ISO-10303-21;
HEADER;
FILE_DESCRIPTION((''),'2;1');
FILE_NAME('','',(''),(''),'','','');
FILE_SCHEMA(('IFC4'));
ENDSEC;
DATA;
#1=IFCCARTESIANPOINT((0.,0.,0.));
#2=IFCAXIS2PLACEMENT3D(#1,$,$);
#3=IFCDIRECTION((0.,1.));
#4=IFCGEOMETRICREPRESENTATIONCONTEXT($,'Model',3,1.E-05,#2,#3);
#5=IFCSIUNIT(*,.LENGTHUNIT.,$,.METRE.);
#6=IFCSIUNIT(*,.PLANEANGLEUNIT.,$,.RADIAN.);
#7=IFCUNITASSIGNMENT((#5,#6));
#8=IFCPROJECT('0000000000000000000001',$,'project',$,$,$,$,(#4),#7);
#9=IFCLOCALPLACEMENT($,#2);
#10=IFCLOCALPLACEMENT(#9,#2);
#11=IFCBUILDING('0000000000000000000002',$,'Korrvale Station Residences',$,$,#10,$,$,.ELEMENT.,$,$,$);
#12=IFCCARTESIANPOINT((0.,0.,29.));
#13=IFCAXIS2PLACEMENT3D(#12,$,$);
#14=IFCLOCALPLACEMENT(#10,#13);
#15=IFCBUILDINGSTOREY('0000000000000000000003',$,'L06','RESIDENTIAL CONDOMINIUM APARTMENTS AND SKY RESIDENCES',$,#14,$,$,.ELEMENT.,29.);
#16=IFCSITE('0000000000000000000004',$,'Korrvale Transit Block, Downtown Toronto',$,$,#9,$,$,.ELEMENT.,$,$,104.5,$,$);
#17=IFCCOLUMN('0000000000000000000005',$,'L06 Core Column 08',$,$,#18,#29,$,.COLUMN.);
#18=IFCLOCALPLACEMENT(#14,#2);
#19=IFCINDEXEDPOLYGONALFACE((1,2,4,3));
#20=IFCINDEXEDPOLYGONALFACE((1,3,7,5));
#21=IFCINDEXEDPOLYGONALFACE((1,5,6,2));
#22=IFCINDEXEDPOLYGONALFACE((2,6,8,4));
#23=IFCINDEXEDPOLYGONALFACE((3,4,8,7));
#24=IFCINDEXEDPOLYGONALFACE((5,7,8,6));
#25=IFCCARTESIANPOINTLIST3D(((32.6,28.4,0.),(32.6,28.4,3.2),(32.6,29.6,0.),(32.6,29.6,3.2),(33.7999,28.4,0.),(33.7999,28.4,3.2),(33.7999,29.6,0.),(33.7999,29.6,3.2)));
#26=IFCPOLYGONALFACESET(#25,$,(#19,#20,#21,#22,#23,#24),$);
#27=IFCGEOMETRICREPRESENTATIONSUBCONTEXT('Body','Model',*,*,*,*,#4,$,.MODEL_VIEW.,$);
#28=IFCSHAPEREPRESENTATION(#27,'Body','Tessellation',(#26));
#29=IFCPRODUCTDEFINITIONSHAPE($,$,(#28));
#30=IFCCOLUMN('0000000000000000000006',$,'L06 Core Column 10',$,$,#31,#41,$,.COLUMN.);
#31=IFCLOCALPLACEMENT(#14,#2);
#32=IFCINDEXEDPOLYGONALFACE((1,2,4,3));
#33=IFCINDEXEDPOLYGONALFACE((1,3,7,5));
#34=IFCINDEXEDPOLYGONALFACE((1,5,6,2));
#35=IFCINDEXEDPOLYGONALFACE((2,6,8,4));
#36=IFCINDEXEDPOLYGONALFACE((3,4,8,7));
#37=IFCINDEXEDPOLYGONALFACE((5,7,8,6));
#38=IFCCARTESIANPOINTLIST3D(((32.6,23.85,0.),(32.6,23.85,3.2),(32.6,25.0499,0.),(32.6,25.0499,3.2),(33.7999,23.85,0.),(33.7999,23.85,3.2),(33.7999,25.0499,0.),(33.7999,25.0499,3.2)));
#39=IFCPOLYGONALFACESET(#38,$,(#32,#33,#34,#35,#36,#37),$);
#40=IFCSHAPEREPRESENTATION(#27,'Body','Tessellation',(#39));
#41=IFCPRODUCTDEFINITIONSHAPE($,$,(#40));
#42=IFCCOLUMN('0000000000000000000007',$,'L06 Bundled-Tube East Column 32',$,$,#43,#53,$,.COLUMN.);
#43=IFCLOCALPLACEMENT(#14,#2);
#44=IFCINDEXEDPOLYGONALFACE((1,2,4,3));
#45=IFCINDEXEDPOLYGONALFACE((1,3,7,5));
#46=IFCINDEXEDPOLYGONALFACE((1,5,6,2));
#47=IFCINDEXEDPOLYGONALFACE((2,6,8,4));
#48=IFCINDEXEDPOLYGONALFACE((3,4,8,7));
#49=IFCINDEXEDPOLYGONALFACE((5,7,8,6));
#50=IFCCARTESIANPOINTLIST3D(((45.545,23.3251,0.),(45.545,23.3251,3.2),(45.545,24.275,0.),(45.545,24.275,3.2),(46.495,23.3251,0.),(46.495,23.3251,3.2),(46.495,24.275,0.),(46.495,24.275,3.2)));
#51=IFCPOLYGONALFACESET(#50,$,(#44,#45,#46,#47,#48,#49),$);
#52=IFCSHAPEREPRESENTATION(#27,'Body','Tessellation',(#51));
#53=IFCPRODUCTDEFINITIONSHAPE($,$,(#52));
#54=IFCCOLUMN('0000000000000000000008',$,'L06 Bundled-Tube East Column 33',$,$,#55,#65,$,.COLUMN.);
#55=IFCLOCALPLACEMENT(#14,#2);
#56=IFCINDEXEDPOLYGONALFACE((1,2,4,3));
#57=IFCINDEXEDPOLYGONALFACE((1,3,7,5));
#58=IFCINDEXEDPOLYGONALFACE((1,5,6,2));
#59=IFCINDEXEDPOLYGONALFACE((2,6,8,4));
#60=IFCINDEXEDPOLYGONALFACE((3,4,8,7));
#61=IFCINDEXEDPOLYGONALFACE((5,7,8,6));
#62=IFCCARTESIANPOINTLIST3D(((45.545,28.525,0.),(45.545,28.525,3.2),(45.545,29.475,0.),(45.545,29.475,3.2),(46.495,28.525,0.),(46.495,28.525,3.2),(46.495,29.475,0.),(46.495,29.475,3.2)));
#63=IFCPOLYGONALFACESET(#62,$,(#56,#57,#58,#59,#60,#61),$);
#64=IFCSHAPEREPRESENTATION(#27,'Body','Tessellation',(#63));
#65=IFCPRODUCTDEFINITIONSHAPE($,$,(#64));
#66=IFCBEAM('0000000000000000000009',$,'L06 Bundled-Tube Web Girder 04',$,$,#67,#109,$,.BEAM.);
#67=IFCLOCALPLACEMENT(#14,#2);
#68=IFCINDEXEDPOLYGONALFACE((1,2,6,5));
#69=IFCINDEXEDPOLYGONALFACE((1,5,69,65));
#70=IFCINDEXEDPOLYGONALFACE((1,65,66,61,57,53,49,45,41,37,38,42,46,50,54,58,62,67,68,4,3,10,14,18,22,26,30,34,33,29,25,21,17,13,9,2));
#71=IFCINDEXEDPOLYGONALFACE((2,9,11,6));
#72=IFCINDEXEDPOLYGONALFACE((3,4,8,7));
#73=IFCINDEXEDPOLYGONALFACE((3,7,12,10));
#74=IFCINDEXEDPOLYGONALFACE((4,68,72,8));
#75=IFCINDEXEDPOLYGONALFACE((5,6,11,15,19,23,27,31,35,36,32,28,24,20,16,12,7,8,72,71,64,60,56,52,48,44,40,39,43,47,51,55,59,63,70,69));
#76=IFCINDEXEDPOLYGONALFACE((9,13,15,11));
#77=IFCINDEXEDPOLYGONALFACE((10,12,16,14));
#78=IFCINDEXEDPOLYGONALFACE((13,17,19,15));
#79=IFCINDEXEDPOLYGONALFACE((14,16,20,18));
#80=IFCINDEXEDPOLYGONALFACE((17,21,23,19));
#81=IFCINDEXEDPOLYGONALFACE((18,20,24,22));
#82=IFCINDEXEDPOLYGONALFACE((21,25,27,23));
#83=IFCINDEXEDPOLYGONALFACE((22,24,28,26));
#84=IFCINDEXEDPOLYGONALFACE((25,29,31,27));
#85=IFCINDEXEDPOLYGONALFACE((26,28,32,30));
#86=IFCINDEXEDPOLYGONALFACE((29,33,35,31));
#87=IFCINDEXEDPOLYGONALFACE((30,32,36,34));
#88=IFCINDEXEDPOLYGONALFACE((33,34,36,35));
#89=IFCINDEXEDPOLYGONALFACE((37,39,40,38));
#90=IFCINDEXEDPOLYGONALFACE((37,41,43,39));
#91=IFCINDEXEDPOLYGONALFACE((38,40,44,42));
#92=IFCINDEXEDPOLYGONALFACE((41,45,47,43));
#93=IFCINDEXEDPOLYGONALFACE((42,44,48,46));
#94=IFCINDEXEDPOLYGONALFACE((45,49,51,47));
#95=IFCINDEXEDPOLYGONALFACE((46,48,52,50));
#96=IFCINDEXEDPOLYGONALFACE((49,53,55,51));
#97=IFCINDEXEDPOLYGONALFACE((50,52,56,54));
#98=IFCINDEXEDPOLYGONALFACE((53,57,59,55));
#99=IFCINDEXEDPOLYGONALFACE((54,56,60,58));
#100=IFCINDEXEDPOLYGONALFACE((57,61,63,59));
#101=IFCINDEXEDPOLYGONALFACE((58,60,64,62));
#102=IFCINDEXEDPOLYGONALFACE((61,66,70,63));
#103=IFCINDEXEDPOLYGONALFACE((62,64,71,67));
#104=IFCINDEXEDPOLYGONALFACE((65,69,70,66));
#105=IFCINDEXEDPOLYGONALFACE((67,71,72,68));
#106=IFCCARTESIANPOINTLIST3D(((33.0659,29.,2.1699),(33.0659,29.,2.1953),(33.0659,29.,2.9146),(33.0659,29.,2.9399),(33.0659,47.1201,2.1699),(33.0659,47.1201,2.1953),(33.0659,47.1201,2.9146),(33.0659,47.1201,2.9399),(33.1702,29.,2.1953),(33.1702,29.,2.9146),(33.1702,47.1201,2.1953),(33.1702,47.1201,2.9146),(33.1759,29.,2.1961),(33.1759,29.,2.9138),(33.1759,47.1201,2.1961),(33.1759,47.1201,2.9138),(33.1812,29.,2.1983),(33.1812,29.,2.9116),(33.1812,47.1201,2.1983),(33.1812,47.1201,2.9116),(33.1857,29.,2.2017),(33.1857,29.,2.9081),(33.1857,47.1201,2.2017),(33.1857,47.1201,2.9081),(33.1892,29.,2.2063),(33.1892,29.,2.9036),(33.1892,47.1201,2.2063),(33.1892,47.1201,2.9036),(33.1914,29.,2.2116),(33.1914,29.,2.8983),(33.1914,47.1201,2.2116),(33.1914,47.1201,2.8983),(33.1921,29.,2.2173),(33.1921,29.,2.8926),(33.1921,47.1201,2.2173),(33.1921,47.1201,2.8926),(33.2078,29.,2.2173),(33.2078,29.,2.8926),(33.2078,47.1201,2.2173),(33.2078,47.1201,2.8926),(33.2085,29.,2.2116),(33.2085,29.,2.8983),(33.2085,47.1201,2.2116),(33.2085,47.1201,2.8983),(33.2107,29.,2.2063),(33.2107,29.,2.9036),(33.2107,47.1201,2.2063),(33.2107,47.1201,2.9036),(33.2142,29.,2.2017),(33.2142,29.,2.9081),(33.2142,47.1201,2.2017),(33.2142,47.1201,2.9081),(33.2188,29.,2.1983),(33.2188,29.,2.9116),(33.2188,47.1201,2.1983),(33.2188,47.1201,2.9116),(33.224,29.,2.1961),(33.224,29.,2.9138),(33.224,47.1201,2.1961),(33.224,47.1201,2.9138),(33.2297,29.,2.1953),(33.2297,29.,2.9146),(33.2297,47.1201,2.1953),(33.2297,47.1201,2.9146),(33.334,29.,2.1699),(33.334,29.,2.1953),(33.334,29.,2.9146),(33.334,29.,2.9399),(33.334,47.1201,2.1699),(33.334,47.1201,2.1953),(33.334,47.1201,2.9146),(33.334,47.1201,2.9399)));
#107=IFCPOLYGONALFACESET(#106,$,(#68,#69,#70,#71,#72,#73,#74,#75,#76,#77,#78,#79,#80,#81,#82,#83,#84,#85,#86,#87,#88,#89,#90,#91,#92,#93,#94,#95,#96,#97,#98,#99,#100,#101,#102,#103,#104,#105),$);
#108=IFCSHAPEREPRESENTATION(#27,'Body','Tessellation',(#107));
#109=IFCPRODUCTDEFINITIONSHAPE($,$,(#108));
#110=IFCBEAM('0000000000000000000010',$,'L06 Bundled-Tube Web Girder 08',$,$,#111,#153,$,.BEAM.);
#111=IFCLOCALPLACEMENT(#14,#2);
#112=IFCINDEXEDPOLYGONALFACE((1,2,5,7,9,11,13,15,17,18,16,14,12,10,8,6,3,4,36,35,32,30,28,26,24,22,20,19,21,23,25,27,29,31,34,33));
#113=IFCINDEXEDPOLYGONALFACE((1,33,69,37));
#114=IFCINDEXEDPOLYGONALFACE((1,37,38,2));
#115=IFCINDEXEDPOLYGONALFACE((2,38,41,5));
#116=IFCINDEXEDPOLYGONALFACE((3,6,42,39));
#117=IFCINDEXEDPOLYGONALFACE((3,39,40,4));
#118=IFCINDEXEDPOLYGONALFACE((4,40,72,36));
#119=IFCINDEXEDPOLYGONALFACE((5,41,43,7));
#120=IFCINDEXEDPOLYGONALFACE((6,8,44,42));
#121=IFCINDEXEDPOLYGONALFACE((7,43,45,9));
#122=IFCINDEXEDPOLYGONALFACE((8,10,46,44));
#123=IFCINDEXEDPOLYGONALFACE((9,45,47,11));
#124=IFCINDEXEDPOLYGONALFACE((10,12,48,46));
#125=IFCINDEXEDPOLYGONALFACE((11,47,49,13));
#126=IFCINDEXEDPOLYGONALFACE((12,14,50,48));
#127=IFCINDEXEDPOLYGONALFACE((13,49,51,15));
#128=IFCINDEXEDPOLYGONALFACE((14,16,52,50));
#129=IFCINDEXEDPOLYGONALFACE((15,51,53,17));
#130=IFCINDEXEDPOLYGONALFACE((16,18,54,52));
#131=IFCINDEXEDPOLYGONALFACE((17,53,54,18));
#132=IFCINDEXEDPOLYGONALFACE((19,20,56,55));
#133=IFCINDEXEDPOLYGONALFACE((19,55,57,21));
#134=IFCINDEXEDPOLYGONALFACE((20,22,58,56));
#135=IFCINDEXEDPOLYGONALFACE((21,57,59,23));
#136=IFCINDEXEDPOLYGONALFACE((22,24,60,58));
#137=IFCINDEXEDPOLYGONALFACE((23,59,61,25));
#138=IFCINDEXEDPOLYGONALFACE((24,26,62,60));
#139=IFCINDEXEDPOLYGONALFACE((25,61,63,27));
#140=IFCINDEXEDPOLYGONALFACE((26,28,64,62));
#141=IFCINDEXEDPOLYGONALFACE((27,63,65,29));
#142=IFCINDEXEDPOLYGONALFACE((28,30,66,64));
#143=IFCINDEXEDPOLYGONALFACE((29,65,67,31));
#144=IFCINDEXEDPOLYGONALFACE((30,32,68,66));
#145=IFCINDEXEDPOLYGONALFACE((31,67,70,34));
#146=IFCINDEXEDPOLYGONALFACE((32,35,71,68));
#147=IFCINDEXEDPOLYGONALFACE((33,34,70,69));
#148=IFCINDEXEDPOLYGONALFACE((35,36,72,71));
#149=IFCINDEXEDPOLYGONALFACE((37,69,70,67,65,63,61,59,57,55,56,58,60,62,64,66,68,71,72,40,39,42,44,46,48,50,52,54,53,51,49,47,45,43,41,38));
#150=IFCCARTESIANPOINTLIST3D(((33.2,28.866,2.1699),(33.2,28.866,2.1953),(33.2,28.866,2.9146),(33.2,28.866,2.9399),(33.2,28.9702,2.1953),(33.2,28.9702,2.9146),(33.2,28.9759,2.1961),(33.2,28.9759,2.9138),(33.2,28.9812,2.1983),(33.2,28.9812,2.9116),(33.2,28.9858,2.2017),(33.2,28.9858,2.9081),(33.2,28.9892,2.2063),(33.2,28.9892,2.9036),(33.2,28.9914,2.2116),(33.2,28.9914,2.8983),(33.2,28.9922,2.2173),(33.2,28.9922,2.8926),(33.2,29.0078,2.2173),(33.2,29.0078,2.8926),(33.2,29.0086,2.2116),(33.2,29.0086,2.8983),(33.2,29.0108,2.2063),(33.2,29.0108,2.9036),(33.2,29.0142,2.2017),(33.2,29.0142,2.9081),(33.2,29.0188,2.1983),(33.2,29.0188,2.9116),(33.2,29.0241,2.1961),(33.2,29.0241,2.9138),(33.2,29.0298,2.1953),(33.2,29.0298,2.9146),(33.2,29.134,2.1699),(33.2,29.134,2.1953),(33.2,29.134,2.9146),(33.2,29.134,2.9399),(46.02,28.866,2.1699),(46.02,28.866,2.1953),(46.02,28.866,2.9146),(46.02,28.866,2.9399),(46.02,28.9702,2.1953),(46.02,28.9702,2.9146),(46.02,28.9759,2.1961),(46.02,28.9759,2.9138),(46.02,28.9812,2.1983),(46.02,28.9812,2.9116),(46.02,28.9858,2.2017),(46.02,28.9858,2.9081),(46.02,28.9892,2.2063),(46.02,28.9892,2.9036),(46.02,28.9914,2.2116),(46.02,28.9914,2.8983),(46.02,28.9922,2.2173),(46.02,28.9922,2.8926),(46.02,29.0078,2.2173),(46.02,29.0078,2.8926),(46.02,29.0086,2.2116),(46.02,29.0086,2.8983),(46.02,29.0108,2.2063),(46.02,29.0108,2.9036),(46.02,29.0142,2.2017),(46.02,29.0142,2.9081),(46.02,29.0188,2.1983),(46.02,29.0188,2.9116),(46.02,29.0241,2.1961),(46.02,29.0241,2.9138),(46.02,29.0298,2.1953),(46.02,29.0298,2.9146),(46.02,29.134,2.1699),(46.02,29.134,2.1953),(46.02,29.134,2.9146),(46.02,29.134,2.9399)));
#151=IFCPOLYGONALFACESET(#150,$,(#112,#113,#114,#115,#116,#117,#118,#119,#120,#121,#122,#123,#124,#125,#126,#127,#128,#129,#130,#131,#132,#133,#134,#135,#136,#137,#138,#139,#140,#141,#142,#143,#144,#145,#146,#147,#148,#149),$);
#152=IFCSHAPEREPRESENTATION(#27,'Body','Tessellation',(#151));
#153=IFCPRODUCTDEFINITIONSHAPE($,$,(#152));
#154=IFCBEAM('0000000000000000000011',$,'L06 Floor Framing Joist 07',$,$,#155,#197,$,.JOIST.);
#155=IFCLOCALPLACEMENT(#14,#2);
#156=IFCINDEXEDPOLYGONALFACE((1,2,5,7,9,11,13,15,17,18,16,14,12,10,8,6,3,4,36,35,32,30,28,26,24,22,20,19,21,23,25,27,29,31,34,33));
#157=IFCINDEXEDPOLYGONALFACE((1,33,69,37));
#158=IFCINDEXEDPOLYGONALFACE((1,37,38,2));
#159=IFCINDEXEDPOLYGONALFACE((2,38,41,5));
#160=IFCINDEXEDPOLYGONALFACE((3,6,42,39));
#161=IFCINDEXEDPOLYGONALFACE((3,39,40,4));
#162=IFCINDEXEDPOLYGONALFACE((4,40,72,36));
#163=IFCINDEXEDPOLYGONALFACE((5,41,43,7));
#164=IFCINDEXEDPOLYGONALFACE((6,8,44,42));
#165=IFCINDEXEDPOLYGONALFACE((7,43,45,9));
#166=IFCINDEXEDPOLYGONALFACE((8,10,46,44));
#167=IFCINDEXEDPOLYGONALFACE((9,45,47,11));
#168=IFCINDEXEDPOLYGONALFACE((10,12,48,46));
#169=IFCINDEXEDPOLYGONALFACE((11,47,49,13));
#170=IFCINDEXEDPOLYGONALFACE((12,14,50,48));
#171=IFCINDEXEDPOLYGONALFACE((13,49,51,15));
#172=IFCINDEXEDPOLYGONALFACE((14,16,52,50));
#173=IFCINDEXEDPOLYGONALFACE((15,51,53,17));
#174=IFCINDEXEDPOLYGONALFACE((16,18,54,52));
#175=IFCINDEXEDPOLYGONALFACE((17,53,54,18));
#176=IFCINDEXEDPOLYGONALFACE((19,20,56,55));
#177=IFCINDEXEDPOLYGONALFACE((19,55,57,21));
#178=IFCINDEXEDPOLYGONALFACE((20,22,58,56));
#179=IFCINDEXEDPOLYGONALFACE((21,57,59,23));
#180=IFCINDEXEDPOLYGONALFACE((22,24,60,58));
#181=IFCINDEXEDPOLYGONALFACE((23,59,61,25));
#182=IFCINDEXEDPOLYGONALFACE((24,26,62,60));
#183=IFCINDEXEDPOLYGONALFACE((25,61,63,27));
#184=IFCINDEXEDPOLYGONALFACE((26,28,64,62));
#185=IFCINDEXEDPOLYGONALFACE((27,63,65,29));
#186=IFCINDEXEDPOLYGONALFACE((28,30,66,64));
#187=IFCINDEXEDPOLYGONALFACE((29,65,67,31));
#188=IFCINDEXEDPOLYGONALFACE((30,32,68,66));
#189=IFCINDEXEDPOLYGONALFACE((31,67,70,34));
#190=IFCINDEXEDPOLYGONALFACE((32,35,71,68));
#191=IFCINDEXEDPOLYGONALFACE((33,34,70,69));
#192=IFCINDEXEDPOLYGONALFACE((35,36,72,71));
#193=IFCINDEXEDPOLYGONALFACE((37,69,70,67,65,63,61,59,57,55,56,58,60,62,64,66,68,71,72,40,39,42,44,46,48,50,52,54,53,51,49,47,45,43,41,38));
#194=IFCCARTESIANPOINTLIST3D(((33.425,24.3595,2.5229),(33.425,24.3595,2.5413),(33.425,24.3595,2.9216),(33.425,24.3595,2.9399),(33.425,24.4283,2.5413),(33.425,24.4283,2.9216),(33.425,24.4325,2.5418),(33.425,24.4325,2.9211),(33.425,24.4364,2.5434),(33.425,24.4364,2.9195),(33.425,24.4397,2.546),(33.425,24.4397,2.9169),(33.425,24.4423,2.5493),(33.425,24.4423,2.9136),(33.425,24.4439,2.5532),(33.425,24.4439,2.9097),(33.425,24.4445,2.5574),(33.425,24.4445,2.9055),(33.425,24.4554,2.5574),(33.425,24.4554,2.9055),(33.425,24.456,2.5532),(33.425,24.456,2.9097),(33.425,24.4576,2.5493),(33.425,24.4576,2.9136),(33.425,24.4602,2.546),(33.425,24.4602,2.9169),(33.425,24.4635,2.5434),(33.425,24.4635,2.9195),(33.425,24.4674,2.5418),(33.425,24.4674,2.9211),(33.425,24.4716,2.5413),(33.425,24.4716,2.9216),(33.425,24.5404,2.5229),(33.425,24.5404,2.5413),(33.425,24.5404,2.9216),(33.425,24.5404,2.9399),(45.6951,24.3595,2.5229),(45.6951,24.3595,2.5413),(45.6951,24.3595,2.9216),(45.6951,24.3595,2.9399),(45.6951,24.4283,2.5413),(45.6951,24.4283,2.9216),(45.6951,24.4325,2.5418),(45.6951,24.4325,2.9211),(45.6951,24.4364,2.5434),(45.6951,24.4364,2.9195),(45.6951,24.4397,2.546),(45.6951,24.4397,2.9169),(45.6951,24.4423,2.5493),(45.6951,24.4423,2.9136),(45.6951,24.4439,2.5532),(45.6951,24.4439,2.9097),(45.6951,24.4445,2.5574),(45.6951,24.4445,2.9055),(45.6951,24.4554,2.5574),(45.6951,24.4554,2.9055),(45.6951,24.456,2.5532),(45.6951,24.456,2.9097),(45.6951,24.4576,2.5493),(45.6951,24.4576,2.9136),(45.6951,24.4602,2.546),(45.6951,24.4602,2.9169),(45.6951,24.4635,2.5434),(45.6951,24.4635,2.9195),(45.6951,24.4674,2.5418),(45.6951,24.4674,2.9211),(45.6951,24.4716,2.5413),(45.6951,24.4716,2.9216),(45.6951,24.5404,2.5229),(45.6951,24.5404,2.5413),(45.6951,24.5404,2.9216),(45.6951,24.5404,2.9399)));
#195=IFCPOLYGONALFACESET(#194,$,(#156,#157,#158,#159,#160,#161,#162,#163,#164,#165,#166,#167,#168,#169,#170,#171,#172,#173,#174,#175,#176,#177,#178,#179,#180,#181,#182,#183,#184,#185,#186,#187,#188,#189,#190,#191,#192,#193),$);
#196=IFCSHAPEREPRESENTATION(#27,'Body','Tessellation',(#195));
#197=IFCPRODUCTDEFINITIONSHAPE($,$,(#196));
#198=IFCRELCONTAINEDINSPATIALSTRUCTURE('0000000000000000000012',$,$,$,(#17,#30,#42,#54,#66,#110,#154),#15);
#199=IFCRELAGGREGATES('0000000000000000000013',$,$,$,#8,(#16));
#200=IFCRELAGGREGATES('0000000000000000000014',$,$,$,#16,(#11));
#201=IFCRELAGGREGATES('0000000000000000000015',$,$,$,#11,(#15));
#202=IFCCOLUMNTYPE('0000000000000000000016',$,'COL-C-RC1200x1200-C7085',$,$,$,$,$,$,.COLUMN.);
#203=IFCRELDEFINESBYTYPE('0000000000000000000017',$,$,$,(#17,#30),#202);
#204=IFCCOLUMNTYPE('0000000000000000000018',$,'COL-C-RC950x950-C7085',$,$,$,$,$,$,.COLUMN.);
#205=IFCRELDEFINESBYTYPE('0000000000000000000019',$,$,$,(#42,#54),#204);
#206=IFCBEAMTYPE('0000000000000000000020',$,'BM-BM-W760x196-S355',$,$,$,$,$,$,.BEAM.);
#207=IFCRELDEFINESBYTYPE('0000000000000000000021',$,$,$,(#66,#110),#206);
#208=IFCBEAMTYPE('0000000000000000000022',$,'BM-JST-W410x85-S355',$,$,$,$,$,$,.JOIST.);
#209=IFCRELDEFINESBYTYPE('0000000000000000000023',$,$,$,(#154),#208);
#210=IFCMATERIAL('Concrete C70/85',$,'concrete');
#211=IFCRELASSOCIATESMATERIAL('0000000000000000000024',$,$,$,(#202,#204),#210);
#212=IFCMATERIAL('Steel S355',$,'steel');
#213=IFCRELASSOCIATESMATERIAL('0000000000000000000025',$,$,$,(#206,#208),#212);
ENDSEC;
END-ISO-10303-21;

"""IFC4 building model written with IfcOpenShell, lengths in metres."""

from ifc_helpers import new_model, si_unit, direction, frame, origin, origin_2d, place, context, subcontext, project, spatial, rectangle, i_section, extrude, material, material_profile, profile_set, type_object, element, save


model = new_model("IFC4")

# Units and contexts
model_context = context("Model", 3, precision=1e-05, world=origin(), true_north=direction((0.0, 1.0)))
body_context = subcontext(model_context, "Body", "Model", "MODEL_VIEW")
ifc_project = project(units=[si_unit("LENGTHUNIT", "METRE"), si_unit("PLANEANGLEUNIT", "RADIAN")], contexts=[model_context])

# Site, building, storey
site_placement = place(None, origin())
site = spatial("IfcSite", under=ifc_project, at=site_placement, Name="Korrvale Transit Block, Downtown Toronto", CompositionType="ELEMENT", RefElevation=104.5)
building_placement = place(site_placement, origin())
building = spatial("IfcBuilding", under=site, at=building_placement, Name="Korrvale Station Residences", CompositionType="ELEMENT")
storey_placement = place(building_placement, frame((0.0, 0.0, 29.0)))
storey = spatial("IfcBuildingStorey", under=building, at=storey_placement, Name="L06", Description="RESIDENTIAL CONDOMINIUM APARTMENTS AND SKY RESIDENCES", CompositionType="ELEMENT", Elevation=29.0)

# Columns
ifc_material_1 = material(Name="Concrete C70/85", Category="concrete")
ifc_material_profile_1 = material_profile(ifc_material_1, rectangle(XDim=1.2, YDim=1.2, at=origin_2d()), Name="RC1200x1200")
ifc_profile_set_1 = profile_set([ifc_material_profile_1], Name="Concrete C70/85")
column_type_1 = type_object("IfcColumnType", Name="COL-C-RC1200x1200-C7085", PredefinedType="COLUMN", material=ifc_profile_set_1)
for number, where, z_axis, x_axis, name in (
    (1, (33.2, 29.0, 0.0), (0.0, 0.0, 1.0), (1.0, 0.0, 0.0), "L06 Core Column 08"),
    (2, (33.2, 24.45, 0.0), (0.0, 0.0, 1.0), (1.0, 0.0, 0.0), "L06 Core Column 10"),
):
    element("IfcColumn", number, at=place(storey_placement, frame(where, z_axis=z_axis, x_axis=x_axis)), inside=storey, type_object=column_type_1, Name=name, PredefinedType="COLUMN", context=body_context, shape_type="SweptSolid", body=[
        extrude(rectangle(XDim=1.2, YDim=1.2, at=origin_2d()), origin(), (0.0, 0.0, 1.0), 3.2),
    ])
ifc_material_profile_2 = material_profile(ifc_material_1, rectangle(XDim=0.95, YDim=0.95, at=origin_2d()), Name="RC950x950")
ifc_profile_set_2 = profile_set([ifc_material_profile_2], Name="Concrete C70/85")
column_type_2 = type_object("IfcColumnType", Name="COL-C-RC950x950-C7085", PredefinedType="COLUMN", material=ifc_profile_set_2)
for number, where, z_axis, x_axis, name in (
    (3, (46.02, 23.8, 0.0), (0.0, 0.0, 1.0), (1.0, 0.0, 0.0), "L06 Bundled-Tube East Column 32"),
    (4, (46.02, 29.0, 0.0), (0.0, 0.0, 1.0), (1.0, 0.0, 0.0), "L06 Bundled-Tube East Column 33"),
):
    element("IfcColumn", number, at=place(storey_placement, frame(where, z_axis=z_axis, x_axis=x_axis)), inside=storey, type_object=column_type_2, Name=name, PredefinedType="COLUMN", context=body_context, shape_type="SweptSolid", body=[
        extrude(rectangle(XDim=0.95, YDim=0.95, at=origin_2d()), origin(), (0.0, 0.0, 1.0), 3.2),
    ])

# Beams
ifc_material_2 = material(Name="Steel S355", Category="steel")
ifc_material_profile_3 = material_profile(ifc_material_2, i_section(OverallWidth=0.2681, OverallDepth=0.77, WebThickness=0.0156, FlangeThickness=0.0254, FilletRadius=0.022, at=origin_2d()), Name="W760x196")
ifc_profile_set_3 = profile_set([ifc_material_profile_3], Name="Steel S355")
beam_type_1 = type_object("IfcBeamType", Name="BM-BM-W760x196-S355", PredefinedType="BEAM", material=ifc_profile_set_3)
beam_1_placement = place(storey_placement, frame((33.2, 29.0, 2.5549), z_axis=(0.0, 1.0, 0.0), x_axis=(-1.0, 0.0, 0.0)))
element("IfcBeam", 5, at=beam_1_placement, inside=storey, type_object=beam_type_1, Name="L06 Bundled-Tube Web Girder 04", PredefinedType="BEAM", context=body_context, shape_type="SweptSolid", body=[
    extrude(i_section(OverallWidth=0.2681, OverallDepth=0.77, WebThickness=0.0156, FlangeThickness=0.0254, FilletRadius=0.022, at=origin_2d()), origin(), (0.0, 0.0, 1.0), 18.1201),
])
beam_2_placement = place(storey_placement, frame((33.2, 29.0, 2.5549), z_axis=(1.0, 0.0, 0.0), x_axis=(0.0, 1.0, 0.0)))
element("IfcBeam", 6, at=beam_2_placement, inside=storey, type_object=beam_type_1, Name="L06 Bundled-Tube Web Girder 08", PredefinedType="BEAM", context=body_context, shape_type="SweptSolid", body=[
    extrude(i_section(OverallWidth=0.2681, OverallDepth=0.77, WebThickness=0.0156, FlangeThickness=0.0254, FilletRadius=0.022, at=origin_2d()), origin(), (0.0, 0.0, 1.0), 12.8201),
])
ifc_material_profile_4 = material_profile(ifc_material_2, i_section(OverallWidth=0.1809, OverallDepth=0.417, WebThickness=0.011, FlangeThickness=0.0183, FilletRadius=0.0161, at=origin_2d()), Name="W410x85")
ifc_profile_set_4 = profile_set([ifc_material_profile_4], Name="Steel S355")
beam_type_2 = type_object("IfcBeamType", Name="BM-JST-W410x85-S355", PredefinedType="JOIST", material=ifc_profile_set_4)
beam_3_placement = place(storey_placement, frame((33.425, 24.45, 2.7314), z_axis=(1.0, 0.0, 0.0), x_axis=(0.0, 1.0, 0.0)))
element("IfcBeam", 7, at=beam_3_placement, inside=storey, type_object=beam_type_2, Name="L06 Floor Framing Joist 07", PredefinedType="JOIST", context=body_context, shape_type="SweptSolid", body=[
    extrude(i_section(OverallWidth=0.1809, OverallDepth=0.417, WebThickness=0.011, FlangeThickness=0.0183, FilletRadius=0.0161, at=origin_2d()), origin(), (0.0, 0.0, 1.0), 12.27),
])

save(model, "model.ifc")
